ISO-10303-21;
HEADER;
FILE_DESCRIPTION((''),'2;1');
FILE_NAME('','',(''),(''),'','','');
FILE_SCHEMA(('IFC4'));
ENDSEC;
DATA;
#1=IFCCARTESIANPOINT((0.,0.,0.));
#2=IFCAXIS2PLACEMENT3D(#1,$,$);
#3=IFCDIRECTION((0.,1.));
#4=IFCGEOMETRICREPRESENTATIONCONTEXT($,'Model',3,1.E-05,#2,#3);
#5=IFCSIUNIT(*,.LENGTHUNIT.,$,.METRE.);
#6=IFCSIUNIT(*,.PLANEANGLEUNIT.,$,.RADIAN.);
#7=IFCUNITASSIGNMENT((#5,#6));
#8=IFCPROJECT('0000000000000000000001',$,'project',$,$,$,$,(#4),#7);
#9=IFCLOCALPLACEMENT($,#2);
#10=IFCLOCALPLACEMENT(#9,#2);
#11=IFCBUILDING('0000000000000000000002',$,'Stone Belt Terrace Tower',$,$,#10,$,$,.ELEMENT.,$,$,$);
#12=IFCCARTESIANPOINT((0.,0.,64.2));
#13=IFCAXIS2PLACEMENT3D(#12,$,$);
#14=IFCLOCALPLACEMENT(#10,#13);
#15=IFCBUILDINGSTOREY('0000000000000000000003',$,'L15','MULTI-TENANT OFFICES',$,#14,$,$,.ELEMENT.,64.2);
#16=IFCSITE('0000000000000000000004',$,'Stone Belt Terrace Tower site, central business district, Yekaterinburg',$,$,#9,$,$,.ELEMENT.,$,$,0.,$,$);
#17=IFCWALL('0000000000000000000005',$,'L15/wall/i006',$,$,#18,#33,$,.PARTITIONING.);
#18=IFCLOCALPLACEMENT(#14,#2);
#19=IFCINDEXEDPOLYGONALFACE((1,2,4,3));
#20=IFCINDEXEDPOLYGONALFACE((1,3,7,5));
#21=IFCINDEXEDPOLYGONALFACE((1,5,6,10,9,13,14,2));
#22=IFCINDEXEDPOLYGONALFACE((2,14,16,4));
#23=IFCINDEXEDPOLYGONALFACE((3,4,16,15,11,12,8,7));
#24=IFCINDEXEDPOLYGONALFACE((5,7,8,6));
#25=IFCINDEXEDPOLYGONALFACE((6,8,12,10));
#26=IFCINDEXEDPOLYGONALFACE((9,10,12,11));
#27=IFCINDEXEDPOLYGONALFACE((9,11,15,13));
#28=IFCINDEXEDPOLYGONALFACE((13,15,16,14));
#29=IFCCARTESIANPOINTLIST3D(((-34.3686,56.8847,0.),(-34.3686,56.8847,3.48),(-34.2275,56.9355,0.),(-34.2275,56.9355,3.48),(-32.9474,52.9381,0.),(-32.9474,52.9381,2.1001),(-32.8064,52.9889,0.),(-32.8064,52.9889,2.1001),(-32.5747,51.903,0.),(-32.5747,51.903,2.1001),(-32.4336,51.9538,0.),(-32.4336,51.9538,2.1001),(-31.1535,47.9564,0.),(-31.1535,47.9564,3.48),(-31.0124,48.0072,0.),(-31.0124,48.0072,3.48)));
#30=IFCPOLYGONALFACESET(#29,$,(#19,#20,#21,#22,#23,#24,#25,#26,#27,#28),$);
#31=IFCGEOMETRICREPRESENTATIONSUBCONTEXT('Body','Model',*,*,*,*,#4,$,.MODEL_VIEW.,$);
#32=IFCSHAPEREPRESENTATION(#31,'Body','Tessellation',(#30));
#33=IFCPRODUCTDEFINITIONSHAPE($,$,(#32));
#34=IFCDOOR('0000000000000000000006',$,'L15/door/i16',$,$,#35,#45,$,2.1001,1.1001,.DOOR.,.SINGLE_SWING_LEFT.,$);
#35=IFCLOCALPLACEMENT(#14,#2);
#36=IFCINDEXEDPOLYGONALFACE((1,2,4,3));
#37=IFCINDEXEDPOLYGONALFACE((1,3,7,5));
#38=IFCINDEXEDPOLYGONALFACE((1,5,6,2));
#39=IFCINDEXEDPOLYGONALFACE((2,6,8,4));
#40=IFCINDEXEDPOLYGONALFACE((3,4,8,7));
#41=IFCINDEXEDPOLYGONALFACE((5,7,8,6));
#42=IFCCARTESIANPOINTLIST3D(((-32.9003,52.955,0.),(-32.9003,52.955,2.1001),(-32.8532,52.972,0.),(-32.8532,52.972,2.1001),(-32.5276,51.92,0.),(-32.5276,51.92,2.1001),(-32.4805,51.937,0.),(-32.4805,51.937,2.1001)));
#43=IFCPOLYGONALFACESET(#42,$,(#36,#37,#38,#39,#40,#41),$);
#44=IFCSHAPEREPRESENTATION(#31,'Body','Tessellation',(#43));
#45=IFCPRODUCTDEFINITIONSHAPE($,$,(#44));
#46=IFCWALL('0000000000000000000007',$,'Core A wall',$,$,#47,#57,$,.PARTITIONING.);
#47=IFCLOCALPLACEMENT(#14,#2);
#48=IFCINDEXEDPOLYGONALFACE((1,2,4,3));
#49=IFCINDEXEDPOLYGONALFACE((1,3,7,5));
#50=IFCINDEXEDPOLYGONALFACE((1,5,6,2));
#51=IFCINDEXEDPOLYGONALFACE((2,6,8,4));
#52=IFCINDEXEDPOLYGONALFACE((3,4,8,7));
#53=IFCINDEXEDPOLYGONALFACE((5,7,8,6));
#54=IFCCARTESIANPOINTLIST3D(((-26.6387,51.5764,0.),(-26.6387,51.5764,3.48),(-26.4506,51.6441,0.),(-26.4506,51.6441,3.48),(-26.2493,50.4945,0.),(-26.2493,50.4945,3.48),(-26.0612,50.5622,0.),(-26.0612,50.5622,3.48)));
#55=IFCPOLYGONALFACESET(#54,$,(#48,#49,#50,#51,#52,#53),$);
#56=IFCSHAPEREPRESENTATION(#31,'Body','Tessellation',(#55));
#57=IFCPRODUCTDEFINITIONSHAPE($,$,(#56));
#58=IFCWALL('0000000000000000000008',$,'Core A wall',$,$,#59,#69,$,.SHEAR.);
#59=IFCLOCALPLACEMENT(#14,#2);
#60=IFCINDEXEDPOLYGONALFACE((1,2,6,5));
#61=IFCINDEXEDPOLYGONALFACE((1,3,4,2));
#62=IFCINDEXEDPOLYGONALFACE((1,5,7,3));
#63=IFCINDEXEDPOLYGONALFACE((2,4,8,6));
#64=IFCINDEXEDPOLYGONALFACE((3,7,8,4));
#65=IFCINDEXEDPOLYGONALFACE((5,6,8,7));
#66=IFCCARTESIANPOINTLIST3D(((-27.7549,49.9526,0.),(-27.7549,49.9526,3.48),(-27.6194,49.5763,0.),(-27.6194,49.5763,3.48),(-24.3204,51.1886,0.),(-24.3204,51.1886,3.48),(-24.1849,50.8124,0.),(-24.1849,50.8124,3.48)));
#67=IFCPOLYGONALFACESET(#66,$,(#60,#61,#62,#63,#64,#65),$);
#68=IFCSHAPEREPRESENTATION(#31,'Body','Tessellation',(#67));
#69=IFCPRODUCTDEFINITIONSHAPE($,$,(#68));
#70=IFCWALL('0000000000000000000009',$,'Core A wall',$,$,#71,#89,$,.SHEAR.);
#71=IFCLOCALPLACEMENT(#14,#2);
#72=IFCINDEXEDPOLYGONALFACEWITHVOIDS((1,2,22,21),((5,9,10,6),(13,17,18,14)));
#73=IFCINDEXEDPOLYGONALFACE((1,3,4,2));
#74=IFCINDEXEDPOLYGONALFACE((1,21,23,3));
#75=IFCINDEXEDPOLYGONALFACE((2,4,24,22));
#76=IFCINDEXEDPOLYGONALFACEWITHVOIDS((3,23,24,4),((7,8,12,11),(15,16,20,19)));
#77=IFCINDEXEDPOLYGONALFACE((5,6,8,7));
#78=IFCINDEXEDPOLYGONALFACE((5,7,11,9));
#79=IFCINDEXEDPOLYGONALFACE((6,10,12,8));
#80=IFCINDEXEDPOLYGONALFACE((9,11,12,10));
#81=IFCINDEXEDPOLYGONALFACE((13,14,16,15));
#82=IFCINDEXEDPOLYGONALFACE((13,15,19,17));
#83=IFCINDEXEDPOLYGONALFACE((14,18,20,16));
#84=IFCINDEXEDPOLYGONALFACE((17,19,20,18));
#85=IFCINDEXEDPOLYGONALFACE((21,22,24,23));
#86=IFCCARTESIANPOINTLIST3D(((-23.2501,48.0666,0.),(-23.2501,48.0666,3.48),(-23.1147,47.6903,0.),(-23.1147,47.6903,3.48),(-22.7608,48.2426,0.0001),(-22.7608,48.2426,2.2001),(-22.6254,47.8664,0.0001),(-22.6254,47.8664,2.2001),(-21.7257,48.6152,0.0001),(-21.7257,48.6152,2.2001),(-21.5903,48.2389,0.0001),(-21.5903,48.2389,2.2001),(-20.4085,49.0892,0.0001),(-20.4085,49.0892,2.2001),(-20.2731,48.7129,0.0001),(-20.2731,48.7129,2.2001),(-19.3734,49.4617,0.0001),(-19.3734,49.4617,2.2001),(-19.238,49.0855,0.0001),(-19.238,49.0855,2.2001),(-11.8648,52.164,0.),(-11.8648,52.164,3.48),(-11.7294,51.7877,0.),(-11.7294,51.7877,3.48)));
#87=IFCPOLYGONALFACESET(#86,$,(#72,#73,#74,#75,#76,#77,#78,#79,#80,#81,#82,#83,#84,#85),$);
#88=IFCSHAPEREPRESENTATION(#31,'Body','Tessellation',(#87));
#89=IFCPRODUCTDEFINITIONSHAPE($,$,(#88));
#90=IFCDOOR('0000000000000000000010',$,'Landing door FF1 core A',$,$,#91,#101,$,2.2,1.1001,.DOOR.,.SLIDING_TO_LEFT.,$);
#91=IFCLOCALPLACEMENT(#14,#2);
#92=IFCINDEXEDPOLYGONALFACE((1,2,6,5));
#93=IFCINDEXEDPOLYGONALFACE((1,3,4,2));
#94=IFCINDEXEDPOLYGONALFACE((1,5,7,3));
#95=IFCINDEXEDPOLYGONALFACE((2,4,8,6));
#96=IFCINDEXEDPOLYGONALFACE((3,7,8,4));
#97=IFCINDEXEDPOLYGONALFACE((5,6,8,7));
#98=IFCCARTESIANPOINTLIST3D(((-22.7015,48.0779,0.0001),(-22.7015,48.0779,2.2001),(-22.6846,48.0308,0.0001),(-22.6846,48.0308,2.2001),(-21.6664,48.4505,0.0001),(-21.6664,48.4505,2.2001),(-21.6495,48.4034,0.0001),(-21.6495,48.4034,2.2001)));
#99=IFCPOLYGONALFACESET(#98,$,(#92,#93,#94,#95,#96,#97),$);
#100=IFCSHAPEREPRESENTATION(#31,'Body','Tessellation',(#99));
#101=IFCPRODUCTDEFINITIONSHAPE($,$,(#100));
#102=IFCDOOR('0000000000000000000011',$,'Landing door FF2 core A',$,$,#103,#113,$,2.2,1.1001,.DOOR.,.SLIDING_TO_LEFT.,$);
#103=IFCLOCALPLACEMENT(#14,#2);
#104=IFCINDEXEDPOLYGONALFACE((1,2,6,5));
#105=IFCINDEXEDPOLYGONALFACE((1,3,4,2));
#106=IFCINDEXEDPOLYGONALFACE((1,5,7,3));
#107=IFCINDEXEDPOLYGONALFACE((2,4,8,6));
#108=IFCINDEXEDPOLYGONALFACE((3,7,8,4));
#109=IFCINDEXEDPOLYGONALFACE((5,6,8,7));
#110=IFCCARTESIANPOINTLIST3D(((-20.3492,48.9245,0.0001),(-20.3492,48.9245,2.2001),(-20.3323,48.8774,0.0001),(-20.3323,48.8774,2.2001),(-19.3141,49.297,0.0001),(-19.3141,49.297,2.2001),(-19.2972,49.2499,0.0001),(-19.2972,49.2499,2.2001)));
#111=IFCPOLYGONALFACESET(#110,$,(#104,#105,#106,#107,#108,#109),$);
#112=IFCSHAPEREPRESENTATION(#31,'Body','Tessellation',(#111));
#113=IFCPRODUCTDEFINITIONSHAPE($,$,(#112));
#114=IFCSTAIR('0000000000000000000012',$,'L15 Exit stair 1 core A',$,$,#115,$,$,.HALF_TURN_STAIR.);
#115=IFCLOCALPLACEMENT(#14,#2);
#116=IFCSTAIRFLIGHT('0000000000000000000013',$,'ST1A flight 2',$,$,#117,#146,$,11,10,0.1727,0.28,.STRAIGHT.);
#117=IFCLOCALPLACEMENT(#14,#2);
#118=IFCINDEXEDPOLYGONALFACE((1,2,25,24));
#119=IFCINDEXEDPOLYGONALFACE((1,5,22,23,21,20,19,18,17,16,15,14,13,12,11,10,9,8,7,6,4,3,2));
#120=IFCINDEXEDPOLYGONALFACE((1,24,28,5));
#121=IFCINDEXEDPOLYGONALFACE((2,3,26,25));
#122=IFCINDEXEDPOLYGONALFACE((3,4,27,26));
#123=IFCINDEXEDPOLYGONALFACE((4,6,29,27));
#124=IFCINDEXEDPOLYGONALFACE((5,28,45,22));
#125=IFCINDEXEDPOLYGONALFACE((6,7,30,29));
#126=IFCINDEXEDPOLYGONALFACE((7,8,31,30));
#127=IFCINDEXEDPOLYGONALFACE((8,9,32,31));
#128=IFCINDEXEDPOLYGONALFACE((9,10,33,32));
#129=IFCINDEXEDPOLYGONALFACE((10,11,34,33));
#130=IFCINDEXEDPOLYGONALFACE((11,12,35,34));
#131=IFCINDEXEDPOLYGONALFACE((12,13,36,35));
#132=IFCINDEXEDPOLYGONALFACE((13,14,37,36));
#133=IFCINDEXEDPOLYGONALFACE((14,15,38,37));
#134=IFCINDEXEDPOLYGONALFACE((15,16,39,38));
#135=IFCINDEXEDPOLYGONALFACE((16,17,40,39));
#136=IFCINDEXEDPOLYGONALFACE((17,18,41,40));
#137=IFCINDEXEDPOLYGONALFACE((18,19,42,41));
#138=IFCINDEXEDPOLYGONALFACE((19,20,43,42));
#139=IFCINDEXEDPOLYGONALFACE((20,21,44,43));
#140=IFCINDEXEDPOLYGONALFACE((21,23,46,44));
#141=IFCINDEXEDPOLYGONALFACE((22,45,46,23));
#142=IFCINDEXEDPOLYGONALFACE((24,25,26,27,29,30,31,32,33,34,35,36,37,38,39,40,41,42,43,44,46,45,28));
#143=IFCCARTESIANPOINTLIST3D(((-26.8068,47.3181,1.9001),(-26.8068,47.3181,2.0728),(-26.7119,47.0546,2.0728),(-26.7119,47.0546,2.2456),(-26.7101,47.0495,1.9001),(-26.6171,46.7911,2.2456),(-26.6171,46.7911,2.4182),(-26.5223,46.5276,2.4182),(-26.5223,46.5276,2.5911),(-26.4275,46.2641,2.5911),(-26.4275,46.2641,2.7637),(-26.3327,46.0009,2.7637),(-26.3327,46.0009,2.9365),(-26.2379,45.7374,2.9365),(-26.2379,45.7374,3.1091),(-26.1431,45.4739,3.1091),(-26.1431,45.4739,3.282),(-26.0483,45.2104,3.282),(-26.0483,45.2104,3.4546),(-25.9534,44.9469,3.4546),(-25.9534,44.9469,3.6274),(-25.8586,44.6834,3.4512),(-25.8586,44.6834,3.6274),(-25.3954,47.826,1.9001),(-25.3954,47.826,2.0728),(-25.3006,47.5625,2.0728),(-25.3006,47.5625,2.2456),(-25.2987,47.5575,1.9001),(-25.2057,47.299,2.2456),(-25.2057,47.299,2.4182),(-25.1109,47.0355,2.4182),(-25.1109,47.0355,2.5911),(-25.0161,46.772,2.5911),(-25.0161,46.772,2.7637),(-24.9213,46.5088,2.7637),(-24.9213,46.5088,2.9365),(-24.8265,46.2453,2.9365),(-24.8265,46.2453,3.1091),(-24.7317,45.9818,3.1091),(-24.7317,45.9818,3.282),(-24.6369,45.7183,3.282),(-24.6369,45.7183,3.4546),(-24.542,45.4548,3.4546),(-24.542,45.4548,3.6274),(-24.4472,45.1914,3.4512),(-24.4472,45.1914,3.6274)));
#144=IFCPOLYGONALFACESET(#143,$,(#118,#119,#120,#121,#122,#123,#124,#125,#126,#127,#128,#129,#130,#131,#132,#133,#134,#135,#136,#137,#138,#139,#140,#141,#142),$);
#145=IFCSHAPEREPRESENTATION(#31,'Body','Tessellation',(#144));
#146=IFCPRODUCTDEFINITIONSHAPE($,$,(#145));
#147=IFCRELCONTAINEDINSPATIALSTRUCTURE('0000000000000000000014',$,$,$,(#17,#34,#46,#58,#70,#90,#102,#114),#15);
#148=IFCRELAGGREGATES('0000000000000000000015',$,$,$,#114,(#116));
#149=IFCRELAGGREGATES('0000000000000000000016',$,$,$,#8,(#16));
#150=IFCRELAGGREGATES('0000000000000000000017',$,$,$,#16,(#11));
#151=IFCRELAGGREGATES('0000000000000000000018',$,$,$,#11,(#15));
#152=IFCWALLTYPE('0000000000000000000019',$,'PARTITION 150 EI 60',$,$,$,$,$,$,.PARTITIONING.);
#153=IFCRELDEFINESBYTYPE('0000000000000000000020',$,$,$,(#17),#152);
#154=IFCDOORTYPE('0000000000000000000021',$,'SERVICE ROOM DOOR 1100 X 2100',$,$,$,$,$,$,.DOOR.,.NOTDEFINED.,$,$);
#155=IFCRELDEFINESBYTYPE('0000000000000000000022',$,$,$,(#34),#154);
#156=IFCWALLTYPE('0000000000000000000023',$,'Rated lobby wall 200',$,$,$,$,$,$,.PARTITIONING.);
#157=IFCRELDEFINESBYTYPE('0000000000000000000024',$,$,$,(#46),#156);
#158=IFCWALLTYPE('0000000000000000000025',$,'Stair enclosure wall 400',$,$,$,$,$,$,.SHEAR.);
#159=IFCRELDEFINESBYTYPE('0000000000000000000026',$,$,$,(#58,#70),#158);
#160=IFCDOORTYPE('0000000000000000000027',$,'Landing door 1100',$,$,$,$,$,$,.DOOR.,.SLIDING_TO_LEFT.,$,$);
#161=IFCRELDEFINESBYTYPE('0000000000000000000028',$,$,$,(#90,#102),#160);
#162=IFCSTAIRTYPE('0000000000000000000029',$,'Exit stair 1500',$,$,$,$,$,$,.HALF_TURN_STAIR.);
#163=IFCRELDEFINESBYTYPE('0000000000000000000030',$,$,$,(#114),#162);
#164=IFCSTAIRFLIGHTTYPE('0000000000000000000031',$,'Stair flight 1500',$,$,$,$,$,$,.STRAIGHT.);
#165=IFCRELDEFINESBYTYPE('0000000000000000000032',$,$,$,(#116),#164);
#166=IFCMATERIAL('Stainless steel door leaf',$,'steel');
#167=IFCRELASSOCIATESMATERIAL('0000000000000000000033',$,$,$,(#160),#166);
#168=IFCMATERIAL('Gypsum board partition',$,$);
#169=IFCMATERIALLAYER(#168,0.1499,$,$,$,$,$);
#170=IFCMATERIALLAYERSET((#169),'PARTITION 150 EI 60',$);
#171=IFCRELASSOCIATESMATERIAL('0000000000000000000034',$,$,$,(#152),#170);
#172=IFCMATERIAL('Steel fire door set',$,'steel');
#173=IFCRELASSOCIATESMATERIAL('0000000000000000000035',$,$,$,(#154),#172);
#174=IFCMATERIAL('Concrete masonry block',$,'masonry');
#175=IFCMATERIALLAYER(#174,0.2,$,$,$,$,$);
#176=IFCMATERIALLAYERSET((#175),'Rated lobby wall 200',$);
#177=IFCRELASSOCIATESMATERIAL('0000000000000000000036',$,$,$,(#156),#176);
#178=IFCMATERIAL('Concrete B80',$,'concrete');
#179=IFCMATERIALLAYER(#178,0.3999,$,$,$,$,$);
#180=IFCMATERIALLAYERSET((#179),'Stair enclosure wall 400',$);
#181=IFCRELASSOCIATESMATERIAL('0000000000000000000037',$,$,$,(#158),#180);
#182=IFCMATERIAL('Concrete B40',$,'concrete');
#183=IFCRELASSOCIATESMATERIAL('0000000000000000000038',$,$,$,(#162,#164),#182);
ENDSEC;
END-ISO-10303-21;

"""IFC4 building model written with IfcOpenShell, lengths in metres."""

from ifc_helpers import new_model, si_unit, direction, frame, frame_2d, origin, place, context, subcontext, project, spatial, polyline, rectangle, outline, extrude, material, layer, layer_set, type_object, element, fill, aggregate, save


model = new_model("IFC4")

# Units and contexts
model_context = context("Model", 3, precision=1e-05, world=origin(), true_north=direction((0.0, 1.0)))
body_context = subcontext(model_context, "Body", "Model", "MODEL_VIEW")
ifc_project = project(units=[si_unit("LENGTHUNIT", "METRE"), si_unit("PLANEANGLEUNIT", "RADIAN")], contexts=[model_context])

# Site, building, storey
site_placement = place(None, origin())
site = spatial("IfcSite", under=ifc_project, at=site_placement, Name="Stone Belt Terrace Tower site, central business district, Yekaterinburg", CompositionType="ELEMENT", RefElevation=0.0)
building_placement = place(site_placement, origin())
building = spatial("IfcBuilding", under=site, at=building_placement, Name="Stone Belt Terrace Tower", CompositionType="ELEMENT")
storey_placement = place(building_placement, frame((0.0, 0.0, 64.2)))
storey = spatial("IfcBuildingStorey", under=building, at=storey_placement, Name="L15", Description="MULTI-TENANT OFFICES", CompositionType="ELEMENT", Elevation=64.2)

# Shared definitions
ifc_material_1 = material(Name="Concrete B80", Category="concrete")

# Shared definitions
ifc_material_2 = material(Name="Stainless steel door leaf", Category="steel")

# Shared definitions
door_type_1 = type_object("IfcDoorType", Name="Landing door 1100", OperationType="SLIDING_TO_LEFT", PredefinedType="DOOR", material=ifc_material_2)

# Wall, opening, door
ifc_material_3 = material(Name="Gypsum board partition")
ifc_layer_1 = layer(ifc_material_3, 0.1499)
ifc_layer_set_1 = layer_set([ifc_layer_1], Name="PARTITION 150 EI 60")
wall_type_1 = type_object("IfcWallType", Name="PARTITION 150 EI 60", PredefinedType="PARTITIONING", material=ifc_layer_set_1)
wall_1_placement = place(storey_placement, frame((-31.083, 47.9819, 0.0), z_axis=(0.0, 0.0, 1.0), x_axis=(-0.338806, 0.940856, 0.0)))
wall_1 = element("IfcWall", 1, at=wall_1_placement, inside=storey, type_object=wall_type_1, Name="L15/wall/i006", PredefinedType="PARTITIONING", context=body_context, shape_type="SweptSolid", body=[
    extrude(rectangle(XDim=9.4895, YDim=0.1499, at=frame_2d((4.7446, 0.0))), origin(), (0.0, 0.0, 1.0), 3.48),
])
opening_1_placement = place(wall_1_placement, frame((4.1946, 0.0, 0.0)))
opening_1 = element("IfcOpeningElement", 2, at=opening_1_placement, cuts=wall_1, PredefinedType="OPENING", context=body_context, shape_type="SweptSolid", body=[
    extrude(rectangle(XDim=1.1001, YDim=2.1001, at=frame_2d((0.55, 1.05))), frame((0.0, 0.085, 0.0), z_axis=(0.0, -1.0, 0.0), x_axis=(1.0, 0.0, 0.0)), (0.0, 0.0, 1.0), 0.1699),
])
ifc_material_4 = material(Name="Steel fire door set", Category="steel")
door_type_2 = type_object("IfcDoorType", Name="SERVICE ROOM DOOR 1100 X 2100", OperationType="NOTDEFINED", PredefinedType="DOOR", material=ifc_material_4)
door_1_placement = place(opening_1_placement, origin())
door_1 = element("IfcDoor", 3, at=door_1_placement, inside=storey, type_object=door_type_2, Name="L15/door/i16", OperationType="SINGLE_SWING_LEFT", OverallHeight=2.1001, OverallWidth=1.1001, PredefinedType="DOOR", context=body_context, shape_type="SweptSolid", body=[
    extrude(rectangle(XDim=1.1001, YDim=2.1001, at=frame_2d((0.55, 1.05))), frame((0.0, 0.0249, 0.0), z_axis=(0.0, -1.0, 0.0), x_axis=(1.0, 0.0, 0.0)), (0.0, 0.0, 1.0), 0.05),
])
fill(opening_1, door_1)

# Walls
ifc_material_5 = material(Name="Concrete masonry block", Category="masonry")
ifc_layer_2 = layer(ifc_material_5, 0.2)
ifc_layer_set_2 = layer_set([ifc_layer_2], Name="Rated lobby wall 200")
wall_type_2 = type_object("IfcWallType", Name="Rated lobby wall 200", PredefinedType="PARTITIONING", material=ifc_layer_set_2)
wall_2_placement = place(storey_placement, frame((-26.1553, 50.5283, 0.0), z_axis=(0.0, 0.0, 1.0), x_axis=(-0.338622, 0.940923, 0.0)))
element("IfcWall", 4, at=wall_2_placement, inside=storey, type_object=wall_type_2, Name="Core A wall", PredefinedType="PARTITIONING", context=body_context, shape_type="SweptSolid", body=[
    extrude(rectangle(XDim=1.1499, YDim=0.2, at=frame_2d((0.575, 0.0))), origin(), (0.0, 0.0, 1.0), 3.48),
])
ifc_layer_3 = layer(ifc_material_1, 0.3999)
ifc_layer_set_3 = layer_set([ifc_layer_3], Name="Stair enclosure wall 400")
wall_type_3 = type_object("IfcWallType", Name="Stair enclosure wall 400", PredefinedType="SHEAR", material=ifc_layer_set_3)
wall_3_placement = place(storey_placement, frame((-27.6873, 49.7644, 0.0), z_axis=(0.0, 0.0, 1.0), x_axis=(0.940919, 0.338632, 0.0)))
element("IfcWall", 5, at=wall_3_placement, inside=storey, type_object=wall_type_3, Name="Core A wall", PredefinedType="SHEAR", context=body_context, shape_type="SweptSolid", body=[
    extrude(rectangle(XDim=3.6501, YDim=0.3999, at=frame_2d((1.8252, 0.0))), origin(), (0.0, 0.0, 1.0), 3.48),
])

# Wall, openings, doors
wall_4_placement = place(storey_placement, frame((-23.1824, 47.8784, 0.0), z_axis=(0.0, 0.0, 1.0), x_axis=(0.940921, 0.338626, 0.0)))
wall_4 = element("IfcWall", 6, at=wall_4_placement, inside=storey, type_object=wall_type_3, Name="Core A wall", PredefinedType="SHEAR", context=body_context, shape_type="SweptSolid", body=[
    extrude(rectangle(XDim=12.1001, YDim=0.3999, at=frame_2d((6.05, 0.0))), origin(), (0.0, 0.0, 1.0), 3.48),
])
opening_2_placement = place(wall_4_placement, frame((0.52, 0.0, 0.0)))
opening_2 = element("IfcOpeningElement", 7, at=opening_2_placement, cuts=wall_4, PredefinedType="OPENING", context=body_context, shape_type="SweptSolid", body=[
    extrude(rectangle(XDim=1.1001, YDim=2.2, at=frame_2d((0.55, 1.1001))), frame((0.0, 0.21, 0.0), z_axis=(0.0, -1.0, 0.0), x_axis=(1.0, 0.0, 0.0)), (0.0, 0.0, 1.0), 0.4199),
])
opening_3_placement = place(wall_4_placement, frame((3.02, 0.0, 0.0)))
opening_3 = element("IfcOpeningElement", 8, at=opening_3_placement, cuts=wall_4, PredefinedType="OPENING", context=body_context, shape_type="SweptSolid", body=[
    extrude(rectangle(XDim=1.1001, YDim=2.2, at=frame_2d((0.55, 1.1001))), frame((0.0, 0.21, 0.0), z_axis=(0.0, -1.0, 0.0), x_axis=(1.0, 0.0, 0.0)), (0.0, 0.0, 1.0), 0.4199),
])
door_2_placement = place(opening_2_placement, origin())
door_2 = element("IfcDoor", 9, at=door_2_placement, inside=storey, type_object=door_type_1, Name="Landing door FF1 core A", OperationType="SLIDING_TO_LEFT", OverallHeight=2.2, OverallWidth=1.1001, PredefinedType="DOOR", context=body_context, shape_type="SweptSolid", body=[
    extrude(rectangle(XDim=1.1001, YDim=2.2, at=frame_2d((0.55, 1.1001))), frame((0.0, 0.0249, 0.0), z_axis=(0.0, -1.0, 0.0), x_axis=(1.0, 0.0, 0.0)), (0.0, 0.0, 1.0), 0.05),
])
fill(opening_2, door_2)
door_3_placement = place(opening_3_placement, origin())
door_3 = element("IfcDoor", 10, at=door_3_placement, inside=storey, type_object=door_type_1, Name="Landing door FF2 core A", OperationType="SLIDING_TO_LEFT", OverallHeight=2.2, OverallWidth=1.1001, PredefinedType="DOOR", context=body_context, shape_type="SweptSolid", body=[
    extrude(rectangle(XDim=1.1001, YDim=2.2, at=frame_2d((0.55, 1.1001))), frame((0.0, 0.0249, 0.0), z_axis=(0.0, -1.0, 0.0), x_axis=(1.0, 0.0, 0.0)), (0.0, 0.0, 1.0), 0.05),
])
fill(opening_3, door_3)

# Stair, stair flight
ifc_material_6 = material(Name="Concrete B40", Category="concrete")
stair_type = type_object("IfcStairType", Name="Exit stair 1500", PredefinedType="HALF_TURN_STAIR", material=ifc_material_6)
stair_placement = place(storey_placement, origin())
stair = element("IfcStair", 11, at=stair_placement, inside=storey, type_object=stair_type, Name="L15 Exit stair 1 core A", PredefinedType="HALF_TURN_STAIR")
stair_flight_type = type_object("IfcStairFlightType", Name="Stair flight 1500", PredefinedType="STRAIGHT", material=ifc_material_6)
stair_flight_placement = place(storey_placement, frame((-26.1011, 47.572, 1.9001), z_axis=(0.0, 0.0, 1.0), x_axis=(0.338624, -0.940922, 0.0)))
stair_flight = element("IfcStairFlight", 12, at=stair_flight_placement, type_object=stair_flight_type, Name="ST1A flight 2", NumberOfRisers=11, NumberOfTreads=10, PredefinedType="STRAIGHT", RiserHeight=0.1727, TreadLength=0.28, context=body_context, shape_type="SweptSolid", body=[
    extrude(outline(polyline([(0.0, 0.0), (0.0, 0.1726), (0.28, 0.1726), (0.28, 0.3455), (0.5601, 0.3455), (0.5601, 0.5181), (0.8401, 0.5181), (0.8401, 0.6909), (1.1201, 0.6909), (1.1201, 0.8635), (1.3999, 0.8635), (1.3999, 1.0364), (1.6799, 1.0364), (1.6799, 1.209), (1.96, 1.209), (1.96, 1.3818), (2.24, 1.3818), (2.24, 1.5544), (2.52, 1.5544), (2.52, 1.7273), (2.8, 1.7273), (2.8, 1.8999), (2.8, 1.551), (0.2854, 0.0), (0.0, 0.0)])), frame((0.0, 0.75, 0.0), z_axis=(0.0, -1.0, 0.0), x_axis=(1.0, 0.0, 0.0)), (0.0, 0.0, 1.0), 1.5),
])
aggregate(stair, [stair_flight])

save(model, "model.ifc")
